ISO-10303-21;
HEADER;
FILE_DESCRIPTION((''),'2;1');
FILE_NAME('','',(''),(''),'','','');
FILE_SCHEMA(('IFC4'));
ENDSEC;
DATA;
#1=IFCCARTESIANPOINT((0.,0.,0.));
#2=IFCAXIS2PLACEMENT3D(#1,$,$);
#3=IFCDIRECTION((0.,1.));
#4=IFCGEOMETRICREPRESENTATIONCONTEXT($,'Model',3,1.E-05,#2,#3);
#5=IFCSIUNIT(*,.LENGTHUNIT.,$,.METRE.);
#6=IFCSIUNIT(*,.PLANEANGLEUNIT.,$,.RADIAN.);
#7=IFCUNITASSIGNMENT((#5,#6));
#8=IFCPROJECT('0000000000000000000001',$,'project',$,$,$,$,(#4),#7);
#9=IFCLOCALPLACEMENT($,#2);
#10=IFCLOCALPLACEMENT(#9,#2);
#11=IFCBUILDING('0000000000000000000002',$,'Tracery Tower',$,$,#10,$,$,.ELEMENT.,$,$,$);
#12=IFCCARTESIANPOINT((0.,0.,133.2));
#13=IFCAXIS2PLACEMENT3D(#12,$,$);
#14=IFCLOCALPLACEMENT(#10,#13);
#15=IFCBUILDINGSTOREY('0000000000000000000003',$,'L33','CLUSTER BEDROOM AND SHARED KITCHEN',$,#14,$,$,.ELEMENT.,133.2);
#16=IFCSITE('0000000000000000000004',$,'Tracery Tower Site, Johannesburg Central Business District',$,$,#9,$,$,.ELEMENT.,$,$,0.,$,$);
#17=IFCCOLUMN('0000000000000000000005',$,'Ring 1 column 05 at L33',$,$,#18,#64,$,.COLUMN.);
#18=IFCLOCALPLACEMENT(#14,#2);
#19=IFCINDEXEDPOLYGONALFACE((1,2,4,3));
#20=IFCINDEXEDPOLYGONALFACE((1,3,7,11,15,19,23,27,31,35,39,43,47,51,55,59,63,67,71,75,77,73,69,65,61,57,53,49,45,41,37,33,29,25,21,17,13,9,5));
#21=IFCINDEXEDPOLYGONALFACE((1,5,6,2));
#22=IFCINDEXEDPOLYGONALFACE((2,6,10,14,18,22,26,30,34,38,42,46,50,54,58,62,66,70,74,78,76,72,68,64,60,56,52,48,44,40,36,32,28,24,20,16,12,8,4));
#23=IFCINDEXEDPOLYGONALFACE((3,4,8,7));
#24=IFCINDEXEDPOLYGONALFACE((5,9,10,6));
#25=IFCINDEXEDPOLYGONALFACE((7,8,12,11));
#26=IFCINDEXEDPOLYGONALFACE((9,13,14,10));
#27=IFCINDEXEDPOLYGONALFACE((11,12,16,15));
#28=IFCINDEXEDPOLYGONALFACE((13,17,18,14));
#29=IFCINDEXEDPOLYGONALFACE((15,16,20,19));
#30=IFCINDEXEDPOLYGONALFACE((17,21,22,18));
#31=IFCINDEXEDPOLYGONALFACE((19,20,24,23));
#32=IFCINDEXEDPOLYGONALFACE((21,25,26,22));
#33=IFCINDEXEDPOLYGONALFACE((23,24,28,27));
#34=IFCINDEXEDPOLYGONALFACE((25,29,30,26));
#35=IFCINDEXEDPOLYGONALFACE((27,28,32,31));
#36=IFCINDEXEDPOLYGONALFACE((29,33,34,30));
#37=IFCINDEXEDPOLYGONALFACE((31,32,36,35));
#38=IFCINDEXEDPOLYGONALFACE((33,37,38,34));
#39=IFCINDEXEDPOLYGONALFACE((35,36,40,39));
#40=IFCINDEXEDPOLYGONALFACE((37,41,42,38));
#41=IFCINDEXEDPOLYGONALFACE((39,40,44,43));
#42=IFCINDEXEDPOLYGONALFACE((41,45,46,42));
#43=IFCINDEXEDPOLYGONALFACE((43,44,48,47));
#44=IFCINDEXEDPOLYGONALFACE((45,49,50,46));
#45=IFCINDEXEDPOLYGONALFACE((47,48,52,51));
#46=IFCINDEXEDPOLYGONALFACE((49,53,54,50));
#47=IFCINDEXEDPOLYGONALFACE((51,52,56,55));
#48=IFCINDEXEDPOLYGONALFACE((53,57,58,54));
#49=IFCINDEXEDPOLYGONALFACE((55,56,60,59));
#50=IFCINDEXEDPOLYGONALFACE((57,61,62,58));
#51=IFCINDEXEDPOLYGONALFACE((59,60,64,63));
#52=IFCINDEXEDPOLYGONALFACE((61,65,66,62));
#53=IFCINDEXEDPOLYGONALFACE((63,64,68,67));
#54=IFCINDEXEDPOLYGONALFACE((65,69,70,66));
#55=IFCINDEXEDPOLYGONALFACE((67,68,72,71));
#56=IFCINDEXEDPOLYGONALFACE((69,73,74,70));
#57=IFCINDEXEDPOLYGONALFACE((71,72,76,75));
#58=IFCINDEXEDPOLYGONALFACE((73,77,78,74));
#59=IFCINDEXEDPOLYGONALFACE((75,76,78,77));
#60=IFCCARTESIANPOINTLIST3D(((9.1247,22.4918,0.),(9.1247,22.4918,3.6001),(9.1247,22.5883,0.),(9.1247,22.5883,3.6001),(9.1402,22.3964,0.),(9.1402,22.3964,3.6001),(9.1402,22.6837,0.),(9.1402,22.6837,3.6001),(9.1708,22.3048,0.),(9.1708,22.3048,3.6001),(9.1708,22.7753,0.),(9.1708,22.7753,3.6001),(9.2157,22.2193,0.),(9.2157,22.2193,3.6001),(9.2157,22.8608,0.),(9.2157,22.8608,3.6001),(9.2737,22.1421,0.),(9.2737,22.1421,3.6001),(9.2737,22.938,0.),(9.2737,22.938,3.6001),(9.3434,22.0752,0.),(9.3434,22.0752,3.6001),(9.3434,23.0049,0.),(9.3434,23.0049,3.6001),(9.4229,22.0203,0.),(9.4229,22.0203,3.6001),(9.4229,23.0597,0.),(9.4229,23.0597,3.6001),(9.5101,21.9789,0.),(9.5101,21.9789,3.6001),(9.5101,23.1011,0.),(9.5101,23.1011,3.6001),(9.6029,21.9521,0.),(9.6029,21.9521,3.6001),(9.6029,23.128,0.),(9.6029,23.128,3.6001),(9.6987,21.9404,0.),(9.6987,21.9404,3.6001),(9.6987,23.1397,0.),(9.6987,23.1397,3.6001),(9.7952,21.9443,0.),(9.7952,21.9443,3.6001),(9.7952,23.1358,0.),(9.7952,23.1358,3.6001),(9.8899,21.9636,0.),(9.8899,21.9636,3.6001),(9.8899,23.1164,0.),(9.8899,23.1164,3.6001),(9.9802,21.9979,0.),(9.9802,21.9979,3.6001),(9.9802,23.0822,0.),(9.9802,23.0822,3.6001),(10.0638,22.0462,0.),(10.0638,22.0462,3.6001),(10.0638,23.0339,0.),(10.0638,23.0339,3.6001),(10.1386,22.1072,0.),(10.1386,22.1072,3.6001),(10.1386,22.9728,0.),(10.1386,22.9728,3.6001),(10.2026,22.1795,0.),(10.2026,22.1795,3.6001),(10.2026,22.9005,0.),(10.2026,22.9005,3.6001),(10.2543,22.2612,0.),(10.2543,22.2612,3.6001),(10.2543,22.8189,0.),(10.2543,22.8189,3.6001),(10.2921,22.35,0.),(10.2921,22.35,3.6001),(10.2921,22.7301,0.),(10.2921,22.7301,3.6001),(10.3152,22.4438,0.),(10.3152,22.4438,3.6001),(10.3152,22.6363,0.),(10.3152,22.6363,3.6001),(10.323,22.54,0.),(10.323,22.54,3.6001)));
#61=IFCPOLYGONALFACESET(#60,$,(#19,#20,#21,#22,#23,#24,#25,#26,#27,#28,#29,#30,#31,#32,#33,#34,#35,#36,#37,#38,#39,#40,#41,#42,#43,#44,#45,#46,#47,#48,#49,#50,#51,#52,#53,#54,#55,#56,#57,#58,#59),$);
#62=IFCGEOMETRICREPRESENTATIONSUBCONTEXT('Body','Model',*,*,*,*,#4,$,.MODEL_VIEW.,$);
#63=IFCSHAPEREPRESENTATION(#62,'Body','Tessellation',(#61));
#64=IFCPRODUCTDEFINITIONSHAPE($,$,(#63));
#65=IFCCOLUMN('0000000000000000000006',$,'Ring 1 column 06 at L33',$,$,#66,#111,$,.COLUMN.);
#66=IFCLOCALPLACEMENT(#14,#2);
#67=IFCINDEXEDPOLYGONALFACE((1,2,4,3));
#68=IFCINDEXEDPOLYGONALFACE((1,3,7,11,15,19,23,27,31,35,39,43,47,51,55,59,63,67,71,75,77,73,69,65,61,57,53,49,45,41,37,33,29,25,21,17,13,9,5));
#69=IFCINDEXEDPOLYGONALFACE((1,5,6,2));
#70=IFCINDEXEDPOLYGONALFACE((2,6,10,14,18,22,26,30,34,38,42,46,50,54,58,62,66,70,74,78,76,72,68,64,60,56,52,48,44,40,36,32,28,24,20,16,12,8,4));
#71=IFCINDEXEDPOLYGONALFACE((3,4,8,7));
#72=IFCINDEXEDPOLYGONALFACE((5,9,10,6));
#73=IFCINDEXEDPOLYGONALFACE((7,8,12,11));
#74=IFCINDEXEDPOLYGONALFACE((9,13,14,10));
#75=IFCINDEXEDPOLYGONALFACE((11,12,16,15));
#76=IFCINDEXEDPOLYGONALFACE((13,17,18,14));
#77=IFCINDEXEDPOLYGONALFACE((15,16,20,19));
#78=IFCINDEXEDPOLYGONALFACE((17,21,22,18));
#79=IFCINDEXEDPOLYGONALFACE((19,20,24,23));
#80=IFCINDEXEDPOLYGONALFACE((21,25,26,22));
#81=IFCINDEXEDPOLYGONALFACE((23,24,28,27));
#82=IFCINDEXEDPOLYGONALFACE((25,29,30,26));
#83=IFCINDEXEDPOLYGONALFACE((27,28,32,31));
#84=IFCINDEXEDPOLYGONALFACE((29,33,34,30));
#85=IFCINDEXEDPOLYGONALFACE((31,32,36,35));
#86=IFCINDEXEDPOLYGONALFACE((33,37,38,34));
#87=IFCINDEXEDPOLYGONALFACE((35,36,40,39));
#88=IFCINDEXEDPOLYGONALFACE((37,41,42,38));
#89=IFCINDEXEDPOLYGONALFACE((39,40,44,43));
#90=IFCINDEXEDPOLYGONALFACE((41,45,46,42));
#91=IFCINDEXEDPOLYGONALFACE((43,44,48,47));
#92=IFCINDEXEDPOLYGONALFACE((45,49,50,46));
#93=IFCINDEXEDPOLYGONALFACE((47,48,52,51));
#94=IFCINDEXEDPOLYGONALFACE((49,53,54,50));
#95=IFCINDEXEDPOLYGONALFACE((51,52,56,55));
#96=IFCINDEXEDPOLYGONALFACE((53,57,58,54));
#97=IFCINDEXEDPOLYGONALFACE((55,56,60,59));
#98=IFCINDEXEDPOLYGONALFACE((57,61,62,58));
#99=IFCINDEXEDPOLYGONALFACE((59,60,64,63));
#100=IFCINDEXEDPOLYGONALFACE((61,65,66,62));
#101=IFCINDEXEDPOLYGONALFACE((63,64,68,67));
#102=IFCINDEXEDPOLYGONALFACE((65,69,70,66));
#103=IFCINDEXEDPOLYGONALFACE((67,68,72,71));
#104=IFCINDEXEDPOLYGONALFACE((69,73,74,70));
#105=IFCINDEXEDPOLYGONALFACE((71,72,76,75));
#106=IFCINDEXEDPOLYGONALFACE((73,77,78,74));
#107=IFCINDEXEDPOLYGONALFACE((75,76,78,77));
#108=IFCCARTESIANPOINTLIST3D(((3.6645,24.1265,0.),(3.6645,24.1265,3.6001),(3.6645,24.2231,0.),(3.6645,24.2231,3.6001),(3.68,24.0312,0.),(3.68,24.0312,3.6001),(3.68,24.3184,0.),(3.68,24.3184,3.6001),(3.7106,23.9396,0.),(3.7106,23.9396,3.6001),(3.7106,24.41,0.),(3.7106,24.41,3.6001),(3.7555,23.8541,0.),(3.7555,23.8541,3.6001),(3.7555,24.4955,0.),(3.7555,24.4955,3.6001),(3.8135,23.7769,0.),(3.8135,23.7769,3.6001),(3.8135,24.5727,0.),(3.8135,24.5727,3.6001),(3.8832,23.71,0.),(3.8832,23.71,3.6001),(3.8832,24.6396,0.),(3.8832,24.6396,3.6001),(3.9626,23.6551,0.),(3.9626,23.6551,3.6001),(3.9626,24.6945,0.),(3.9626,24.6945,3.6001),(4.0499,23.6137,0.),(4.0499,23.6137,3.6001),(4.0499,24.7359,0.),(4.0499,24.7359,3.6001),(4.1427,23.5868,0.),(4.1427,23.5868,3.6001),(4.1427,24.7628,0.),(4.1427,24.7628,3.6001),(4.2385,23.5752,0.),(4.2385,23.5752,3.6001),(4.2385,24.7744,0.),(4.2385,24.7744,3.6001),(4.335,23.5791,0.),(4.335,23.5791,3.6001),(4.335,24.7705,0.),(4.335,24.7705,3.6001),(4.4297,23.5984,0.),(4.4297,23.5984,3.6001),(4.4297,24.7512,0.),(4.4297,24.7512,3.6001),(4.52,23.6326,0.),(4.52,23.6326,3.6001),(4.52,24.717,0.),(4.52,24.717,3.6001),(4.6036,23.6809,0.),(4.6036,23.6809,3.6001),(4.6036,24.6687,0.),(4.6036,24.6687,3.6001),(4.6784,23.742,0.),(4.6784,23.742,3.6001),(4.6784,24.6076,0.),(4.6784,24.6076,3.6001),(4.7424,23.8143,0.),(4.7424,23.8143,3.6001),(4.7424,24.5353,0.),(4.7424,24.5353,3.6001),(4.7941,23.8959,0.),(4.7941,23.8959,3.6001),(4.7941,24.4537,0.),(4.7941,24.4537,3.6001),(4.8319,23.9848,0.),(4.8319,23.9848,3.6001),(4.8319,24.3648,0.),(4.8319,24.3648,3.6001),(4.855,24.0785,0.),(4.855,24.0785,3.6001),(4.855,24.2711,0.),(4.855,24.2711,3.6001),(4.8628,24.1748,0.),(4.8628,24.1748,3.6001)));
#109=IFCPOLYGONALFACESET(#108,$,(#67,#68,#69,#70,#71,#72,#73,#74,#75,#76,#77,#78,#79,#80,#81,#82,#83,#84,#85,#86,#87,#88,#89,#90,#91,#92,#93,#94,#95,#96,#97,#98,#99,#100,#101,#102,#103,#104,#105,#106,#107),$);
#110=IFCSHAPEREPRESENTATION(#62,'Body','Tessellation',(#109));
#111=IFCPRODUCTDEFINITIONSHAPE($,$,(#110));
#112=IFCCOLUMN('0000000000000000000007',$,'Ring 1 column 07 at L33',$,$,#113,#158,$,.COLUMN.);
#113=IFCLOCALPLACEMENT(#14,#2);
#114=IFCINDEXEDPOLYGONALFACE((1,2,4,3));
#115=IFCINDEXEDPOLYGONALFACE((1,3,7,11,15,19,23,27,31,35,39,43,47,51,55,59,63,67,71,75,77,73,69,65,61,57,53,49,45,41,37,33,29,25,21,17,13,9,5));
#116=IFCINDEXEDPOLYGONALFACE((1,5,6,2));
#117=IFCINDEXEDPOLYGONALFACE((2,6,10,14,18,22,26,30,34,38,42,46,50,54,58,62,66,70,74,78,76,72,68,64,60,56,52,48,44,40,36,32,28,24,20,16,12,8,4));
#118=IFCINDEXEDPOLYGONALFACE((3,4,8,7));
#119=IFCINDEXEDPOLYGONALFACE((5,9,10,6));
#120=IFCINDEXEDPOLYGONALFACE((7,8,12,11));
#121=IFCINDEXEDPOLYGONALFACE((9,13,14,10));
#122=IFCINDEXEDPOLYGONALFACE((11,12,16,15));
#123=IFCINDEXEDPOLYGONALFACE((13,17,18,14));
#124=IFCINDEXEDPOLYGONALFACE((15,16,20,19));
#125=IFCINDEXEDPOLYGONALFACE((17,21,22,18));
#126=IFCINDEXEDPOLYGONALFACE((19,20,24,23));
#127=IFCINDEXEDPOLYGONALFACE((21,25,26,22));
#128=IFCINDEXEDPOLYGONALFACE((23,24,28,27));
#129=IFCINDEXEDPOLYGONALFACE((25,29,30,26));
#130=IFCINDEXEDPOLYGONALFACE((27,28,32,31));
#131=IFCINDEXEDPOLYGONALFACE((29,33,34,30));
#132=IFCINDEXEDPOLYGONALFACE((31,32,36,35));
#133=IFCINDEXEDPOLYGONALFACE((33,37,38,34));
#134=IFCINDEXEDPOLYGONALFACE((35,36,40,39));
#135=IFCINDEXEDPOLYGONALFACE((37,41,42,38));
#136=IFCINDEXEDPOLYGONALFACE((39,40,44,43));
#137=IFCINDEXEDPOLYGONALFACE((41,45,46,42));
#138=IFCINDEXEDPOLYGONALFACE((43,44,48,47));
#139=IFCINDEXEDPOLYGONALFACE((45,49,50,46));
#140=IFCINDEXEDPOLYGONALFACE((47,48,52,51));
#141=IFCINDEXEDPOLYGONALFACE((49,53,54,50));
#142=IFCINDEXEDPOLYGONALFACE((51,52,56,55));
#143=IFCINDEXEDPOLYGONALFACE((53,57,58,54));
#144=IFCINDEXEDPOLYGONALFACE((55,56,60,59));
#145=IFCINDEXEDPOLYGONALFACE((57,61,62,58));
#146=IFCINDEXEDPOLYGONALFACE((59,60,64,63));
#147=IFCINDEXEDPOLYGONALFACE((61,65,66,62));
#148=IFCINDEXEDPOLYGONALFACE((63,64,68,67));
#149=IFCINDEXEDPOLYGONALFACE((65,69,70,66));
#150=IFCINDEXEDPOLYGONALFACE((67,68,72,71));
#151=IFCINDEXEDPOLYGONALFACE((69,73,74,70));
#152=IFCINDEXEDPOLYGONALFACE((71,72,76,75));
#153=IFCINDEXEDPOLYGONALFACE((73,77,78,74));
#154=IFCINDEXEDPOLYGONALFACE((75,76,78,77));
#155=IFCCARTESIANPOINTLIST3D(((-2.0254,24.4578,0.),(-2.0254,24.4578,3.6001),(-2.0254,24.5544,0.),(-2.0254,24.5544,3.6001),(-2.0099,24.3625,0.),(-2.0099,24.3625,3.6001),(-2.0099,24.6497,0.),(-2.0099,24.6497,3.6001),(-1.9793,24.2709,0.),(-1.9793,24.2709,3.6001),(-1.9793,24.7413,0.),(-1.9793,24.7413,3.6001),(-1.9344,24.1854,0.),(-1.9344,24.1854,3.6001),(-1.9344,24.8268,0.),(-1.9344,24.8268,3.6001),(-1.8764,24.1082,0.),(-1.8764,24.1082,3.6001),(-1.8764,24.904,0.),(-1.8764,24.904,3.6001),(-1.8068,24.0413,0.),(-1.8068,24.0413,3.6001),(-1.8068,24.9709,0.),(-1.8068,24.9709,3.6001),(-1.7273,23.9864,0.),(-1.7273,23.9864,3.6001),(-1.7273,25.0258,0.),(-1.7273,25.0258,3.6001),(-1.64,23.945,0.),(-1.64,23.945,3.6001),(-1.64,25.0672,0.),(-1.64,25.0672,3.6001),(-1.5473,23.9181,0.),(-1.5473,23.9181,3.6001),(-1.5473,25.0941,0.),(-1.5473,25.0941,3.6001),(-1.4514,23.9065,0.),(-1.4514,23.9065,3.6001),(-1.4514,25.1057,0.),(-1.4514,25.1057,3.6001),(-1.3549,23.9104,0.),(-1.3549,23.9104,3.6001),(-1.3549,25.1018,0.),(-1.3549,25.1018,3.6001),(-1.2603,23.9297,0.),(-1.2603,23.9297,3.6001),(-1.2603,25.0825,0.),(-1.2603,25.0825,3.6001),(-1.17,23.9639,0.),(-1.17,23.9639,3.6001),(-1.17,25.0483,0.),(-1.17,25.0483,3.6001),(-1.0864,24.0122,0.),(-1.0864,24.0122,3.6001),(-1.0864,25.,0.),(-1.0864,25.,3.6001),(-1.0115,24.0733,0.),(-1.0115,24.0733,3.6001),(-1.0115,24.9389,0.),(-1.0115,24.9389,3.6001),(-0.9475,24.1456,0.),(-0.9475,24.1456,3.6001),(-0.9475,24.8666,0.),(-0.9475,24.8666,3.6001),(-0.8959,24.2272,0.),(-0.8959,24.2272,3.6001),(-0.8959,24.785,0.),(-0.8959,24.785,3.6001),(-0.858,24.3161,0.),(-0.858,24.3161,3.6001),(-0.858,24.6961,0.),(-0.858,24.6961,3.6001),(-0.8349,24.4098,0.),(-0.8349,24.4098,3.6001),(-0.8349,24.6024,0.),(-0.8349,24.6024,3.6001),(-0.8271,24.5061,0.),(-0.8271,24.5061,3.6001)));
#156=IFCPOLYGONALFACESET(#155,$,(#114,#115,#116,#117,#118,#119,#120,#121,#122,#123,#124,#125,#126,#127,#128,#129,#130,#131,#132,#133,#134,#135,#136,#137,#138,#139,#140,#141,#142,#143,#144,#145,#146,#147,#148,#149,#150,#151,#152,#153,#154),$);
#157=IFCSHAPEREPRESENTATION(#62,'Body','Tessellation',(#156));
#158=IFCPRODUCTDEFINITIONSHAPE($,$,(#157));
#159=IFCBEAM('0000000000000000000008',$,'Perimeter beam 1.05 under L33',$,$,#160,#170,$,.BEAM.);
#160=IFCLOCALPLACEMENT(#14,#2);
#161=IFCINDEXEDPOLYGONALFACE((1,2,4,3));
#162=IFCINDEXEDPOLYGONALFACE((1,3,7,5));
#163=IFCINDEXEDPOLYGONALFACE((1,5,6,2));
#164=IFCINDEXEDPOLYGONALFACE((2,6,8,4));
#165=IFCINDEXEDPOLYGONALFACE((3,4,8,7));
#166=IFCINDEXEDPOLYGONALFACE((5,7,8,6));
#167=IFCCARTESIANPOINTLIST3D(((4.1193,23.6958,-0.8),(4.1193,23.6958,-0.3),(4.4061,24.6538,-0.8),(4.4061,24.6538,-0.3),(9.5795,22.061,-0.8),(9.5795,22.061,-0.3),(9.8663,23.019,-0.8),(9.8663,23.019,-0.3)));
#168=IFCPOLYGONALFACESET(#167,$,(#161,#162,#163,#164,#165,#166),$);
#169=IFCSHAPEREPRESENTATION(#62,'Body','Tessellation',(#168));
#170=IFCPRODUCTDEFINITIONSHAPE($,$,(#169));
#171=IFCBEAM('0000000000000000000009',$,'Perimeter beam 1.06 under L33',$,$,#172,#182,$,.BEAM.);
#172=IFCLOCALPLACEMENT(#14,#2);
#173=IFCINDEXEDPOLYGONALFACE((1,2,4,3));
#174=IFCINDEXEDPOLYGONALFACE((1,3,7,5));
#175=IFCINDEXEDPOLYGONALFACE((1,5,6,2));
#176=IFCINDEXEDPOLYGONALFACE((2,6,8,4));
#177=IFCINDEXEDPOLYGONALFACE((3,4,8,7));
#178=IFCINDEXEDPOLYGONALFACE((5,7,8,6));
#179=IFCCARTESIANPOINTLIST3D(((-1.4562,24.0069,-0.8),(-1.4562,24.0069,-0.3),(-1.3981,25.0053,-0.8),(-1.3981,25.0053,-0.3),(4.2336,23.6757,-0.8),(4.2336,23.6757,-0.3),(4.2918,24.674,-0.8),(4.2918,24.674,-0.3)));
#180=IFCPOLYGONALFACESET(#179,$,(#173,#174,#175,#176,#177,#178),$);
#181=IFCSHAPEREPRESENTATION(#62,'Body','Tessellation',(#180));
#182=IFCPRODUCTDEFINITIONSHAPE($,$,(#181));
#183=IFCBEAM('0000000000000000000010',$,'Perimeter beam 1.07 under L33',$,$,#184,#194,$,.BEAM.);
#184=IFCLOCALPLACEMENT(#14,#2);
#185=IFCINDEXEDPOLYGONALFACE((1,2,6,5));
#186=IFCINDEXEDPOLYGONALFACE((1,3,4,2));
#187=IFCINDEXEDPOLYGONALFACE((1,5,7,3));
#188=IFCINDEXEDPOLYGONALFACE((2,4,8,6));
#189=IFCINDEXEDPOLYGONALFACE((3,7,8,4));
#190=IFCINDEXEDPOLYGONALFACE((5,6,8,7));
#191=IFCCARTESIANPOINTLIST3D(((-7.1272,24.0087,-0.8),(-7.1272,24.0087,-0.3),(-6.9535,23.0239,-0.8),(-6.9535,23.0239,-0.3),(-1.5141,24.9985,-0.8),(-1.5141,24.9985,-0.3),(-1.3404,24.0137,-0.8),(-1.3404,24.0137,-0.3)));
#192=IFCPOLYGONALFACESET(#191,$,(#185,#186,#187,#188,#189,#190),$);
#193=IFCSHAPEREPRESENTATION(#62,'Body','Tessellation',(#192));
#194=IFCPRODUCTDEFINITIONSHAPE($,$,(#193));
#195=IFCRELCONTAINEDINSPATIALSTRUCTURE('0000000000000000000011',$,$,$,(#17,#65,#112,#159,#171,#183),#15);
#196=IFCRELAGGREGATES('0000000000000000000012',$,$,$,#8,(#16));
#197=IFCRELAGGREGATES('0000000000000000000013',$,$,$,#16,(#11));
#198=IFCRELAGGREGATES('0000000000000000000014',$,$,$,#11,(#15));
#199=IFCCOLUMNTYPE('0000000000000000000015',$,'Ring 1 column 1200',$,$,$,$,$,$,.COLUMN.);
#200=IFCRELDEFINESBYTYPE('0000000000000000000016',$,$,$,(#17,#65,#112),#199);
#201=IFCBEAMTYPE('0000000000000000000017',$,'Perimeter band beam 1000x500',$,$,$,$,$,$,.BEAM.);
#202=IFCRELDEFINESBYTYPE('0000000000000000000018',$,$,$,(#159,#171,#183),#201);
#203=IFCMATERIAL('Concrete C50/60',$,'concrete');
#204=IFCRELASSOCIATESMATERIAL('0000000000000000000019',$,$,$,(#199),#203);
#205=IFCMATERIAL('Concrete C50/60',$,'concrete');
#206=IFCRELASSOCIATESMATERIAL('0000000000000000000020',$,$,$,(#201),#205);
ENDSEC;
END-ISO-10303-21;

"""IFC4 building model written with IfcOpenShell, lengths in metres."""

from ifc_helpers import new_model, si_unit, direction, frame, origin, origin_2d, place, context, subcontext, project, spatial, rectangle, circle, extrude, material, material_profile, profile_set, type_object, element, save


model = new_model("IFC4")

# Units and contexts
model_context = context("Model", 3, precision=1e-05, world=origin(), true_north=direction((0.0, 1.0)))
body_context = subcontext(model_context, "Body", "Model", "MODEL_VIEW")
ifc_project = project(units=[si_unit("LENGTHUNIT", "METRE"), si_unit("PLANEANGLEUNIT", "RADIAN")], contexts=[model_context])

# Site, building, storey
site_placement = place(None, origin())
site = spatial("IfcSite", under=ifc_project, at=site_placement, Name="Tracery Tower Site, Johannesburg Central Business District", CompositionType="ELEMENT", RefElevation=0.0)
building_placement = place(site_placement, origin())
building = spatial("IfcBuilding", under=site, at=building_placement, Name="Tracery Tower", CompositionType="ELEMENT")
storey_placement = place(building_placement, frame((0.0, 0.0, 133.2)))
storey = spatial("IfcBuildingStorey", under=building, at=storey_placement, Name="L33", Description="CLUSTER BEDROOM AND SHARED KITCHEN", CompositionType="ELEMENT", Elevation=133.2)

# Columns
ifc_material_1 = material(Name="Concrete C50/60", Category="concrete")
ifc_material_profile_1 = material_profile(ifc_material_1, circle(Radius=0.6001, at=origin_2d()), Name="RC D1200")
ifc_profile_set_1 = profile_set([ifc_material_profile_1], Name="Concrete C50/60")
column_type = type_object("IfcColumnType", Name="Ring 1 column 1200", PredefinedType="COLUMN", material=ifc_profile_set_1)
for number, where, z_axis, x_axis, name in (
    (1, (9.7229, 22.54, 0.0), (0.0, 0.0, 1.0), (1.0, 0.0, 0.0), "Ring 1 column 05 at L33"),
    (2, (4.2627, 24.1748, 0.0), (0.0, 0.0, 1.0), (1.0, 0.0, 0.0), "Ring 1 column 06 at L33"),
    (3, (-1.4272, 24.5061, 0.0), (0.0, 0.0, 1.0), (1.0, 0.0, 0.0), "Ring 1 column 07 at L33"),
):
    element("IfcColumn", number, at=place(storey_placement, frame(where, z_axis=z_axis, x_axis=x_axis)), inside=storey, type_object=column_type, Name=name, PredefinedType="COLUMN", context=body_context, shape_type="SweptSolid", body=[
        extrude(circle(Radius=0.6001, at=origin_2d()), origin(), (0.0, 0.0, 1.0), 3.6001),
    ])

# Beams
ifc_material_2 = material(Name="Concrete C50/60", Category="concrete")
ifc_material_profile_2 = material_profile(ifc_material_2, rectangle(XDim=1.0, YDim=0.5, at=origin_2d()), Name="RC 1000x500")
ifc_profile_set_2 = profile_set([ifc_material_profile_2], Name="Concrete C50/60")
beam_type = type_object("IfcBeamType", Name="Perimeter band beam 1000x500", PredefinedType="BEAM", material=ifc_profile_set_2)
beam_1_placement = place(storey_placement, frame((9.7229, 22.54, -0.55), z_axis=(-0.957985, 0.286817, 0.0), x_axis=(-0.286817, -0.957985, 0.0)))
element("IfcBeam", 4, at=beam_1_placement, inside=storey, type_object=beam_type, Name="Perimeter beam 1.05 under L33", PredefinedType="BEAM", context=body_context, shape_type="SweptSolid", body=[
    extrude(rectangle(XDim=1.0, YDim=0.5, at=origin_2d()), origin(), (0.0, 0.0, 1.0), 5.6997),
])
beam_2_placement = place(storey_placement, frame((4.2627, 24.1748, -0.55), z_axis=(-0.998309, 0.058127, 0.0), x_axis=(-0.058127, -0.998309, 0.0)))
element("IfcBeam", 5, at=beam_2_placement, inside=storey, type_object=beam_type, Name="Perimeter beam 1.06 under L33", PredefinedType="BEAM", context=body_context, shape_type="SweptSolid", body=[
    extrude(rectangle(XDim=1.0, YDim=0.5, at=origin_2d()), origin(), (0.0, 0.0, 1.0), 5.6995),
])
beam_3_placement = place(storey_placement, frame((-1.4272, 24.5061, -0.55), z_axis=(-0.984807, -0.173651, 0.0), x_axis=(0.173651, -0.984807, 0.0)))
element("IfcBeam", 6, at=beam_3_placement, inside=storey, type_object=beam_type, Name="Perimeter beam 1.07 under L33", PredefinedType="BEAM", context=body_context, shape_type="SweptSolid", body=[
    extrude(rectangle(XDim=1.0, YDim=0.5, at=origin_2d()), origin(), (0.0, 0.0, 1.0), 5.6997),
])

save(model, "model.ifc")
